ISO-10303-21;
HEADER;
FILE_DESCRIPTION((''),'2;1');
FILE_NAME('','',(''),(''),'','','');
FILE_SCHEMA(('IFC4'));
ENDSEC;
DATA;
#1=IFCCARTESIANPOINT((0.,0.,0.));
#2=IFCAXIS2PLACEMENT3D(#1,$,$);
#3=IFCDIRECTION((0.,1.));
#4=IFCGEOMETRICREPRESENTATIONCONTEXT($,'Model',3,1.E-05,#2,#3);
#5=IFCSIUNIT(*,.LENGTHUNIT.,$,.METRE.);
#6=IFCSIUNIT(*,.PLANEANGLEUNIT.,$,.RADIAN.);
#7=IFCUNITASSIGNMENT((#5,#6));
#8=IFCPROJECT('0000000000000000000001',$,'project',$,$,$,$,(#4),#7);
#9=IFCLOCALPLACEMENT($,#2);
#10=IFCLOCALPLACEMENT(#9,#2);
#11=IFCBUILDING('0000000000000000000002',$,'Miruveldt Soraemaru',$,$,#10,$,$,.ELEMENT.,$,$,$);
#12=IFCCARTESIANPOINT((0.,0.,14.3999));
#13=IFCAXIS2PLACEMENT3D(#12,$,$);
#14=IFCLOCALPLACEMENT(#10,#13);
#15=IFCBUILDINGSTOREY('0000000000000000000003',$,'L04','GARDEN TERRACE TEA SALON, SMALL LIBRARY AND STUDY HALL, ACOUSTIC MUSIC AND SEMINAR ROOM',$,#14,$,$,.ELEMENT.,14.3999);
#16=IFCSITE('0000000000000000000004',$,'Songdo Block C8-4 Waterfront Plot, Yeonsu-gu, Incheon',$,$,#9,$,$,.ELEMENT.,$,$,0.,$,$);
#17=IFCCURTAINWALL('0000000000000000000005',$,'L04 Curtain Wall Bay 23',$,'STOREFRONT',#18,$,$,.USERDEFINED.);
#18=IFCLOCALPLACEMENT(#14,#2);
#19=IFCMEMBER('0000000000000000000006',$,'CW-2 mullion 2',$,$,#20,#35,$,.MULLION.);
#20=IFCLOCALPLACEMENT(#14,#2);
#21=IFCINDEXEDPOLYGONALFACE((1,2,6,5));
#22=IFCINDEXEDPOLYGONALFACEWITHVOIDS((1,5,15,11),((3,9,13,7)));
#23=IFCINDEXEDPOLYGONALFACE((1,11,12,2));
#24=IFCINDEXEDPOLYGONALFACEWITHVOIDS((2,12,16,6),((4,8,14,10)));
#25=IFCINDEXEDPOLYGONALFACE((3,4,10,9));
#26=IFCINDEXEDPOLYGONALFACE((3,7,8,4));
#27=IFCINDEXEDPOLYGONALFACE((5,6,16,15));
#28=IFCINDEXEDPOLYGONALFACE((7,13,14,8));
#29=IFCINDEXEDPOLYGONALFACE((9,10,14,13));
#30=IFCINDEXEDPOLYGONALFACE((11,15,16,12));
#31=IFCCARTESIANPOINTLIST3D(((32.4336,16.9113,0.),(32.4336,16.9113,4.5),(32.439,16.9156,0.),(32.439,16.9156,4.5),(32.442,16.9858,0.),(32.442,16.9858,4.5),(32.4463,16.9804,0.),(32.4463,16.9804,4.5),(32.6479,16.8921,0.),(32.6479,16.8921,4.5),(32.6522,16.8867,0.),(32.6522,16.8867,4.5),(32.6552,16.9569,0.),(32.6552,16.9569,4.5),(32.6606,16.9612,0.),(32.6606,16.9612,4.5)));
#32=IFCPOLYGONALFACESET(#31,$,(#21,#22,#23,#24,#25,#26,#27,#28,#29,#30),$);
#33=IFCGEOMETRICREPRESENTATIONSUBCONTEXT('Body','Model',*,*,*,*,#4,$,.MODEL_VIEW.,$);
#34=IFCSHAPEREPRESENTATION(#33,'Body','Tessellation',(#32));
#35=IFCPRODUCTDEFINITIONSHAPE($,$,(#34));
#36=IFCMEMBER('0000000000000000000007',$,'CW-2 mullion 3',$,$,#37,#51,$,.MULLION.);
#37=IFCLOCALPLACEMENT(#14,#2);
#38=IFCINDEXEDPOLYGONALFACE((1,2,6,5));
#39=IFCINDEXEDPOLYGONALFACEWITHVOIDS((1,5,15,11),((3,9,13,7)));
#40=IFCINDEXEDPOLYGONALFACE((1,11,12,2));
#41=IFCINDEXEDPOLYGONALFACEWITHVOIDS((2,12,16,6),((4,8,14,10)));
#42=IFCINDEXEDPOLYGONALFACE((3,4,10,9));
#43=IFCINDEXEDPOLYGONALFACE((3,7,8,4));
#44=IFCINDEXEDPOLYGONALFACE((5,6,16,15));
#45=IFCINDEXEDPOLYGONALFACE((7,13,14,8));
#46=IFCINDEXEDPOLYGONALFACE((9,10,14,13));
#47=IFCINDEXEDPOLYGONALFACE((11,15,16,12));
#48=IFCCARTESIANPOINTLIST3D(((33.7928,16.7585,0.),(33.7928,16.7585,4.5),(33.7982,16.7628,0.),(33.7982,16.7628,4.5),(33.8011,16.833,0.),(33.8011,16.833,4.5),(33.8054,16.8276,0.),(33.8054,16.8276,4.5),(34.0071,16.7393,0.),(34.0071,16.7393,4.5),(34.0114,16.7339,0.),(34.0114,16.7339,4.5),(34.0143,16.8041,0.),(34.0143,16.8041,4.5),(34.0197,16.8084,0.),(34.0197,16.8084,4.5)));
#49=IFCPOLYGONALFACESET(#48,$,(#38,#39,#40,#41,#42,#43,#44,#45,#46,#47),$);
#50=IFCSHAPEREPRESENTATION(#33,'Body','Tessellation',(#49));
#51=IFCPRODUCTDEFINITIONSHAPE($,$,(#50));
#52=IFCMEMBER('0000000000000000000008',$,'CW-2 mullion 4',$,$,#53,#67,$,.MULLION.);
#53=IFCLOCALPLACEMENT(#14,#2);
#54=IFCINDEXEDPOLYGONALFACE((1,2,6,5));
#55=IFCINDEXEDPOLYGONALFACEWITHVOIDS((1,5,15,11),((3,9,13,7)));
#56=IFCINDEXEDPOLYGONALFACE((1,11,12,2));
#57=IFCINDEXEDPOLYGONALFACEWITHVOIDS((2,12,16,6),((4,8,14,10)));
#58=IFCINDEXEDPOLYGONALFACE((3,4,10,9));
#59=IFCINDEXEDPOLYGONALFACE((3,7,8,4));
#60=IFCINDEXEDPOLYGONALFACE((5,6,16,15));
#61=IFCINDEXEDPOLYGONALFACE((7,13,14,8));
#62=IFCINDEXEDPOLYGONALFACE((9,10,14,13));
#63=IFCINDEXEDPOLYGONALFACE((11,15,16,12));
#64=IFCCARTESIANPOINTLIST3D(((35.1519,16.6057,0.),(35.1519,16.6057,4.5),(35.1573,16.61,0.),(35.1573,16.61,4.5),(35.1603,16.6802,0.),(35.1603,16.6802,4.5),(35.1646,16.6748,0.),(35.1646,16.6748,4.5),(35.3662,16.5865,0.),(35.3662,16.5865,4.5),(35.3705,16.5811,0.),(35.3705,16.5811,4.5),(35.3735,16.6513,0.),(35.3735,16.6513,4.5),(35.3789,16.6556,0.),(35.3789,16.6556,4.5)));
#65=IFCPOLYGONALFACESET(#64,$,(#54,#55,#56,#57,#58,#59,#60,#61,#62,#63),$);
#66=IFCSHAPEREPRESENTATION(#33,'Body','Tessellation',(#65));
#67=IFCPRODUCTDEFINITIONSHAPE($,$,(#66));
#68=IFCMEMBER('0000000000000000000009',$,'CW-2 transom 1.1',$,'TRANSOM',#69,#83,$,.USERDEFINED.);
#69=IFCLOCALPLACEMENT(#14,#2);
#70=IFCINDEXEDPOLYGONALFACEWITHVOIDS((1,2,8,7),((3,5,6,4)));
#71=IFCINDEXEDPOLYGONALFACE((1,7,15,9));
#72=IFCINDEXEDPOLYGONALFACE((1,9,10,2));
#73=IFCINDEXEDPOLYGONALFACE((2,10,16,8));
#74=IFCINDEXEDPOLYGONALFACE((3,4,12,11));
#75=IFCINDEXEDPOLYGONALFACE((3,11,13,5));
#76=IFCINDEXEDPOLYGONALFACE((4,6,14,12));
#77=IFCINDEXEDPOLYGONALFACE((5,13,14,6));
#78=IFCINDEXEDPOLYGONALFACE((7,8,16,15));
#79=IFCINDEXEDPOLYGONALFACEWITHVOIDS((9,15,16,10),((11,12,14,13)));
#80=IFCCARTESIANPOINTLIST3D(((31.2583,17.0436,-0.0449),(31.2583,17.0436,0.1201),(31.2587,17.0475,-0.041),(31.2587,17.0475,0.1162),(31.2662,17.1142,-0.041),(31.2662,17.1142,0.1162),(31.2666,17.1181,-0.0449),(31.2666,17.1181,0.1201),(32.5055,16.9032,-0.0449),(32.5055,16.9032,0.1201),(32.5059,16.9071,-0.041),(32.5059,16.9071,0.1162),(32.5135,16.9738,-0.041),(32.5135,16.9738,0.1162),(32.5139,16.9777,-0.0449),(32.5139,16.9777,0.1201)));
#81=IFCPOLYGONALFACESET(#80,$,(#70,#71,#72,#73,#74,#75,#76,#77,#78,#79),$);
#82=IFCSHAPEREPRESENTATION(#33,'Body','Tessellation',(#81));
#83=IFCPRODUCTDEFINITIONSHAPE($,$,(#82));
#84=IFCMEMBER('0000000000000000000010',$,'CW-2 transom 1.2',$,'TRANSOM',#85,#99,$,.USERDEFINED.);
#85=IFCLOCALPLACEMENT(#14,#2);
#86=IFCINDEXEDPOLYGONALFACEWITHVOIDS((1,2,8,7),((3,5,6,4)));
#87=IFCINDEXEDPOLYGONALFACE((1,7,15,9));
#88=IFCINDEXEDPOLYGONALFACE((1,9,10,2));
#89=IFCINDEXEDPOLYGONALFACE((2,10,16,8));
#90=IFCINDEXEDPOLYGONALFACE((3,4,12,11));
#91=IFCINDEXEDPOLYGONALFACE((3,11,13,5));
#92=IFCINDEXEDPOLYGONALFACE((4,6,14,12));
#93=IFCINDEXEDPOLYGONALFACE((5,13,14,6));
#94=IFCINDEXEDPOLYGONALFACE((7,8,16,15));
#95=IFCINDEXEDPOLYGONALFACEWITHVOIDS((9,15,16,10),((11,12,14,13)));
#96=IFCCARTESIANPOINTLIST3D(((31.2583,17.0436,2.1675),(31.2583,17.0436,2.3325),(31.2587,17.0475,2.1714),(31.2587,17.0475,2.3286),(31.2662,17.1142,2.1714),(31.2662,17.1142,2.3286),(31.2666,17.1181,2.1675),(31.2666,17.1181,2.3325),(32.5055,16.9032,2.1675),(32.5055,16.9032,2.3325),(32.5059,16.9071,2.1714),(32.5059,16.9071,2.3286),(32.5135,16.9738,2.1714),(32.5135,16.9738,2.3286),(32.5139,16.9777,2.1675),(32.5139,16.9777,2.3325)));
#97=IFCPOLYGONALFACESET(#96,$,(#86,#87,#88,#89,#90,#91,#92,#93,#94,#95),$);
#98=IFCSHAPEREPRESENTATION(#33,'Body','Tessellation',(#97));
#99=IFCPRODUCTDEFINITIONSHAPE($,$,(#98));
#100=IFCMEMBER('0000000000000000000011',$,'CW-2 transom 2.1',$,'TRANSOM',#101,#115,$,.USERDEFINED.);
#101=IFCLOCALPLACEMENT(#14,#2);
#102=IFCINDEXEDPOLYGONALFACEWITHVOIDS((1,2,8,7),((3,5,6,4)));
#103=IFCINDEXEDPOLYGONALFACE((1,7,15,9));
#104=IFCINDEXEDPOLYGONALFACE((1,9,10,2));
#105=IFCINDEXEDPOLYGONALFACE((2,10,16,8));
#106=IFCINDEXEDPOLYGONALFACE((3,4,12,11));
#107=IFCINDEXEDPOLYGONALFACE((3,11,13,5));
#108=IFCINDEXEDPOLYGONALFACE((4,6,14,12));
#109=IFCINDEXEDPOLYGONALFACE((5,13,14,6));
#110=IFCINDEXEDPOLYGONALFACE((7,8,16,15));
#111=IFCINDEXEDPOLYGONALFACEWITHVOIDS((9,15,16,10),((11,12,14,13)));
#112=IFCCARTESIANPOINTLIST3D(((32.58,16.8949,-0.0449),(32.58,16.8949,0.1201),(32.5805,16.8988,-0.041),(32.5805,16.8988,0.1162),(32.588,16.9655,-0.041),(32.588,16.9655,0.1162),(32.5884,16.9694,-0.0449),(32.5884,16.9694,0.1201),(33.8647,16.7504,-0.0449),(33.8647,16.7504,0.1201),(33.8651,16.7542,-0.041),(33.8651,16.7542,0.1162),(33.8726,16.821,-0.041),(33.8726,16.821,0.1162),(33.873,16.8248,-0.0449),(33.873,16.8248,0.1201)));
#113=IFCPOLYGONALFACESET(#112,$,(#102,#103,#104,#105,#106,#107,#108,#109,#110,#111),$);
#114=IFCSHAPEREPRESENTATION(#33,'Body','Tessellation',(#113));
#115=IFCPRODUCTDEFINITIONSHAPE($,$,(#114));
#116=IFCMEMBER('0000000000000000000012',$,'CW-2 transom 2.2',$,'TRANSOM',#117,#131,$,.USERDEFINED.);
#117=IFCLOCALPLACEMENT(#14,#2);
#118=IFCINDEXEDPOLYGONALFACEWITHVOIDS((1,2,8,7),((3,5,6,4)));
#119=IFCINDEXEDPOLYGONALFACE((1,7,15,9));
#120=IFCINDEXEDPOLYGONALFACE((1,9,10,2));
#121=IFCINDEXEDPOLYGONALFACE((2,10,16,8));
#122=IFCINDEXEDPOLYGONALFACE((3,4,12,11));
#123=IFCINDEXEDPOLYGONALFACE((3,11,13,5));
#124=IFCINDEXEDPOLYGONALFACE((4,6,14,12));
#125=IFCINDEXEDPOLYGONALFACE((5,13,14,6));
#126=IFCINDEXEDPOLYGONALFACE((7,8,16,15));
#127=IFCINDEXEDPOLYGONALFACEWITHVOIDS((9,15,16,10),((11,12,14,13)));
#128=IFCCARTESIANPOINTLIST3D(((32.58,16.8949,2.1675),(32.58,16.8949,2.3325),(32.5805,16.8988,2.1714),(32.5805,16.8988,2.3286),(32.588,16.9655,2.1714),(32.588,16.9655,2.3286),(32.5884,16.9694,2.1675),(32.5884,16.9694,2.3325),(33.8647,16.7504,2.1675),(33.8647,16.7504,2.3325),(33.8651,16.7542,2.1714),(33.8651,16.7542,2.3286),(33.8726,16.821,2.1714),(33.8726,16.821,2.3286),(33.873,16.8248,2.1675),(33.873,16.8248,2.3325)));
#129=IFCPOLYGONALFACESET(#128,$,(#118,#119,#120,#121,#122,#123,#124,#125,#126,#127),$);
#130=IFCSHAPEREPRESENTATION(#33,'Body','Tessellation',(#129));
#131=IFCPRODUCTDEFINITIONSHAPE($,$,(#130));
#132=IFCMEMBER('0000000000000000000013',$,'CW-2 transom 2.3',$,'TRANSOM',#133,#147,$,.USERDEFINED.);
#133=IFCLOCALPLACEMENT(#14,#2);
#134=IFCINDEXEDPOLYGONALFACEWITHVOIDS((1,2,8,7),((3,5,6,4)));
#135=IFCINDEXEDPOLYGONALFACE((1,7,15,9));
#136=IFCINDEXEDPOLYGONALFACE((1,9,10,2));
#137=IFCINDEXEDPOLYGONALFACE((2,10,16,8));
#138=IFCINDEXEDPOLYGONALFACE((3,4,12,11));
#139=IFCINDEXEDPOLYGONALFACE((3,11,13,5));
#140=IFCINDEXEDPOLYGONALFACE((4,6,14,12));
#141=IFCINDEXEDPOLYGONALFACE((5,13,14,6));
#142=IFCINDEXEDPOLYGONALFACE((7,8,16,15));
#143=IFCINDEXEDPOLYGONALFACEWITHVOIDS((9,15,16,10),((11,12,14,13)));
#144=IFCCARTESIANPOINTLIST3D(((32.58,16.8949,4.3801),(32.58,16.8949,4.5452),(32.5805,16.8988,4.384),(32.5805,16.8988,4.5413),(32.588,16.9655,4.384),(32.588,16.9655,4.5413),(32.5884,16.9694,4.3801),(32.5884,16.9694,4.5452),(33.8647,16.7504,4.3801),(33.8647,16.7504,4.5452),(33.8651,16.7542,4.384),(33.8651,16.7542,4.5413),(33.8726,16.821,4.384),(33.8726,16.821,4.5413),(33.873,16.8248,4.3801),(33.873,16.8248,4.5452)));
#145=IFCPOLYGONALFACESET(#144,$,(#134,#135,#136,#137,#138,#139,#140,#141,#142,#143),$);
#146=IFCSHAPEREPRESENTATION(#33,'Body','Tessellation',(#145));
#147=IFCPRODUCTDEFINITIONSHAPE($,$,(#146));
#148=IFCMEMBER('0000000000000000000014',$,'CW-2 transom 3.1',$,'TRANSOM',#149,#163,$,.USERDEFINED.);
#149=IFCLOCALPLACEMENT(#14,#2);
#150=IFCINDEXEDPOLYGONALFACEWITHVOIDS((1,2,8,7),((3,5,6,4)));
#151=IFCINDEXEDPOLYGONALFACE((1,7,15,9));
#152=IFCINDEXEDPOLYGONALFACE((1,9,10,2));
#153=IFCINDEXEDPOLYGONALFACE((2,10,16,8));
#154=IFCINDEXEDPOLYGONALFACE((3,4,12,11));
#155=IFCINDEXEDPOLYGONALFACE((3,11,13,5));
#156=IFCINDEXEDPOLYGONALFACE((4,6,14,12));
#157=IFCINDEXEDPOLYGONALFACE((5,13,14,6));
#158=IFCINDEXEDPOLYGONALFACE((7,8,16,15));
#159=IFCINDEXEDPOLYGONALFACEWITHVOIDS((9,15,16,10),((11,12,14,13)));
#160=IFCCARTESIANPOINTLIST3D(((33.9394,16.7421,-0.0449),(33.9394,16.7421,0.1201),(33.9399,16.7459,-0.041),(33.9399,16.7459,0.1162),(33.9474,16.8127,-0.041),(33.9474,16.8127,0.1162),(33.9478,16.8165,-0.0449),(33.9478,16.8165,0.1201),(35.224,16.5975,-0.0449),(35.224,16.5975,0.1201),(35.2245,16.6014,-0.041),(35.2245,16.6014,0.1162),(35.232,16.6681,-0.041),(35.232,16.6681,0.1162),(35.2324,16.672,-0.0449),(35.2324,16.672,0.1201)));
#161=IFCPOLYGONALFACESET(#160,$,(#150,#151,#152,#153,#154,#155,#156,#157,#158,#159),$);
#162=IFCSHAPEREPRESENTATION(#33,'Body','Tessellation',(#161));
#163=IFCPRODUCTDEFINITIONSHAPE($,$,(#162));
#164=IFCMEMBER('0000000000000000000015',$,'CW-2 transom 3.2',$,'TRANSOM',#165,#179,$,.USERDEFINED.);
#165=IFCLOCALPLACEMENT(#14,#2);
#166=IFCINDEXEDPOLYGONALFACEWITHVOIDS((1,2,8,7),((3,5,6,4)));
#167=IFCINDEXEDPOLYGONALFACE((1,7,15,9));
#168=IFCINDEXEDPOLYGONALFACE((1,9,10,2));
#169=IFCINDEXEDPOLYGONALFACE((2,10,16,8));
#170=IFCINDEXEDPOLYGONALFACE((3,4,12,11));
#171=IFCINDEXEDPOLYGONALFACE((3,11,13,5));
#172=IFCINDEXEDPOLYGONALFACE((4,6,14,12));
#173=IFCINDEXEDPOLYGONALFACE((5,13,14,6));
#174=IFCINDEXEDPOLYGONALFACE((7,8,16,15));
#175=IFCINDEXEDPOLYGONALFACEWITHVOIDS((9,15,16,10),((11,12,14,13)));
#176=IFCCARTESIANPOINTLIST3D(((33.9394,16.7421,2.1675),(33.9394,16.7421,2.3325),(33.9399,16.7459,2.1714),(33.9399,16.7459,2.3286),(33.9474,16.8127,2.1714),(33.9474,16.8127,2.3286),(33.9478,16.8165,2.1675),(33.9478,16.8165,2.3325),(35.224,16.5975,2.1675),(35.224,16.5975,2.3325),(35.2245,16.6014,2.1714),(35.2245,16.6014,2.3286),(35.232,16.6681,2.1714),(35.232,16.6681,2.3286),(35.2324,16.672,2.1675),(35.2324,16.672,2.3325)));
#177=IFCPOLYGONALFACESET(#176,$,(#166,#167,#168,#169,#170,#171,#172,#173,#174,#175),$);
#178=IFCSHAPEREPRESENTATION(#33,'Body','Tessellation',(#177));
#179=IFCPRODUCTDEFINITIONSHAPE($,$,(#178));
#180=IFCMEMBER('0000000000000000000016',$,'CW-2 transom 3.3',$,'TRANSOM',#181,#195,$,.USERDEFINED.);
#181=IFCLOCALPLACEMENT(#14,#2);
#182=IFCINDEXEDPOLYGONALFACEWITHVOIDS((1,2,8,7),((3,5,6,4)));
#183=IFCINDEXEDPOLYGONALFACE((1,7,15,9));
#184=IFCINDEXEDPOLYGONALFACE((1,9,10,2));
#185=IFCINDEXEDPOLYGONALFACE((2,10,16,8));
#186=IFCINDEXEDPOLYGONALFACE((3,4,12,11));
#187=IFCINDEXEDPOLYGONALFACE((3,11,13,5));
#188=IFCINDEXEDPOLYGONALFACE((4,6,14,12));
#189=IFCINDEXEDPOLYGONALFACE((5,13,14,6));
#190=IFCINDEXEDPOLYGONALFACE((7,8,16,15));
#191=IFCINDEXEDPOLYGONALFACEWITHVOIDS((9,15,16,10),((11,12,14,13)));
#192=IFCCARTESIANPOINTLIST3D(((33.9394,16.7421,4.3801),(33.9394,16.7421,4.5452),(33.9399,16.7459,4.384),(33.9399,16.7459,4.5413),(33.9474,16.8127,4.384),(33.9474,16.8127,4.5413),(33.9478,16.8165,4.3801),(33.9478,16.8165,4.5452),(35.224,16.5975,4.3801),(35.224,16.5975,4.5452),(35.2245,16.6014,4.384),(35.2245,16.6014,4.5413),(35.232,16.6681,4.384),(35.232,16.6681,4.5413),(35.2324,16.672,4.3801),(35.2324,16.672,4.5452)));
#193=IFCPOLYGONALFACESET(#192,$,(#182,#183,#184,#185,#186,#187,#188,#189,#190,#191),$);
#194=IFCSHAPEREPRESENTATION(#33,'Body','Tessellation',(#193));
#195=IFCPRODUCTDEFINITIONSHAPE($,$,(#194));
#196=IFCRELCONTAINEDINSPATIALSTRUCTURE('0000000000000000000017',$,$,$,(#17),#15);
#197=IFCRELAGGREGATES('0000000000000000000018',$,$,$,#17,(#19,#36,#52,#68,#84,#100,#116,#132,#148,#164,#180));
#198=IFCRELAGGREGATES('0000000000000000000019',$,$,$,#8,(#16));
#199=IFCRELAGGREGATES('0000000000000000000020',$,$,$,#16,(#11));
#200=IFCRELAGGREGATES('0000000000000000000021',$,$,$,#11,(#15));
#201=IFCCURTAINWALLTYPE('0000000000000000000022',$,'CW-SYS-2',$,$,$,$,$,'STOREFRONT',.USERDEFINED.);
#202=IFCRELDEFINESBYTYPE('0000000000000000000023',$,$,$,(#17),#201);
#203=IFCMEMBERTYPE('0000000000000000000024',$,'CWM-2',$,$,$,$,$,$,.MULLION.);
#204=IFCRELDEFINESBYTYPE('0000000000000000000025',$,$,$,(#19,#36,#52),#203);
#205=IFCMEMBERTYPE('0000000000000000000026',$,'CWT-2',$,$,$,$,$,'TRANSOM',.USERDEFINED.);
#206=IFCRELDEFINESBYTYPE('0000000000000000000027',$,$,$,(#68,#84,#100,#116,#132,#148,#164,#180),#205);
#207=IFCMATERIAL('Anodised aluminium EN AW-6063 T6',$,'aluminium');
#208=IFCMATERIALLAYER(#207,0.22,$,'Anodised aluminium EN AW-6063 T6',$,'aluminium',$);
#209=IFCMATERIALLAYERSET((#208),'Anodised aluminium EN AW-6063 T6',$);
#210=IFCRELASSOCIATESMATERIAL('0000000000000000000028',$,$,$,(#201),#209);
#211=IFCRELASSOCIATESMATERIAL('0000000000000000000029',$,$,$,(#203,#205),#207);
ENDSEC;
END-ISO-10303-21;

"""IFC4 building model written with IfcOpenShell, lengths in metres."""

from ifc_helpers import new_model, si_unit, direction, frame, origin, origin_2d, place, context, subcontext, project, spatial, hollow_rectangle, extrude, material, layer, layer_set, material_profile, profile_set, type_object, element, aggregate, save


model = new_model("IFC4")

# Units and contexts
model_context = context("Model", 3, precision=1e-05, world=origin(), true_north=direction((0.0, 1.0)))
body_context = subcontext(model_context, "Body", "Model", "MODEL_VIEW")
ifc_project = project(units=[si_unit("LENGTHUNIT", "METRE"), si_unit("PLANEANGLEUNIT", "RADIAN")], contexts=[model_context])

# Site, building, storey
site_placement = place(None, origin())
site = spatial("IfcSite", under=ifc_project, at=site_placement, Name="Songdo Block C8-4 Waterfront Plot, Yeonsu-gu, Incheon", CompositionType="ELEMENT", RefElevation=0.0)
building_placement = place(site_placement, origin())
building = spatial("IfcBuilding", under=site, at=building_placement, Name="Miruveldt Soraemaru", CompositionType="ELEMENT")
storey_placement = place(building_placement, frame((0.0, 0.0, 14.3999)))
storey = spatial("IfcBuildingStorey", under=building, at=storey_placement, Name="L04", Description="GARDEN TERRACE TEA SALON, SMALL LIBRARY AND STUDY HALL, ACOUSTIC MUSIC AND SEMINAR ROOM", CompositionType="ELEMENT", Elevation=14.3999)

# Curtain wall, members
ifc_material_1 = material(Name="Anodised aluminium EN AW-6063 T6", Category="aluminium")
ifc_layer_1 = layer(ifc_material_1, 0.22, Name="Anodised aluminium EN AW-6063 T6", Category="aluminium")
ifc_layer_set_1 = layer_set([ifc_layer_1], Name="Anodised aluminium EN AW-6063 T6")
curtain_wall_type = type_object("IfcCurtainWallType", Name="CW-SYS-2", ElementType="STOREFRONT", PredefinedType="USERDEFINED", material=ifc_layer_set_1)
curtain_wall_placement = place(storey_placement, origin())
curtain_wall = element("IfcCurtainWall", 1, at=curtain_wall_placement, inside=storey, type_object=curtain_wall_type, Name="L04 Curtain Wall Bay 23", ObjectType="STOREFRONT", PredefinedType="USERDEFINED")
ifc_material_profile_1 = material_profile(ifc_material_1, hollow_rectangle(XDim=0.075, YDim=0.22, WallThickness=0.0049, at=origin_2d()), Name="Anodised aluminium EN AW-6063 T6", Category="aluminium")
ifc_profile_set_1 = profile_set([ifc_material_profile_1], Name="Anodised aluminium EN AW-6063 T6")
member_type_1 = type_object("IfcMemberType", Name="CWM-2", PredefinedType="MULLION", material=ifc_profile_set_1)
member_1_placement = place(storey_placement, frame((32.5471, 16.9363, 0.0), z_axis=(0.0, 0.0, 1.0), x_axis=(0.11179, 0.993732, 0.0)))
member_1 = element("IfcMember", 2, at=member_1_placement, type_object=member_type_1, Name="CW-2 mullion 2", PredefinedType="MULLION", context=body_context, shape_type="SweptSolid", body=[
    extrude(hollow_rectangle(XDim=0.075, YDim=0.22, WallThickness=0.0049, at=origin_2d()), origin(), (0.0, 0.0, 1.0), 4.5),
])
member_2_placement = place(storey_placement, frame((33.9062, 16.7834, 0.0), z_axis=(0.0, 0.0, 1.0), x_axis=(0.11179, 0.993732, 0.0)))
member_2 = element("IfcMember", 3, at=member_2_placement, type_object=member_type_1, Name="CW-2 mullion 3", PredefinedType="MULLION", context=body_context, shape_type="SweptSolid", body=[
    extrude(hollow_rectangle(XDim=0.075, YDim=0.22, WallThickness=0.0049, at=origin_2d()), origin(), (0.0, 0.0, 1.0), 4.5),
])
member_3_placement = place(storey_placement, frame((35.2654, 16.6306, 0.0), z_axis=(0.0, 0.0, 1.0), x_axis=(0.11179, 0.993732, 0.0)))
member_3 = element("IfcMember", 4, at=member_3_placement, type_object=member_type_1, Name="CW-2 mullion 4", PredefinedType="MULLION", context=body_context, shape_type="SweptSolid", body=[
    extrude(hollow_rectangle(XDim=0.075, YDim=0.22, WallThickness=0.0049, at=origin_2d()), origin(), (0.0, 0.0, 1.0), 4.5),
])
ifc_material_profile_2 = material_profile(ifc_material_1, hollow_rectangle(XDim=0.075, YDim=0.165, WallThickness=0.0039, at=origin_2d()), Name="Anodised aluminium EN AW-6063 T6", Category="aluminium")
ifc_profile_set_2 = profile_set([ifc_material_profile_2], Name="Anodised aluminium EN AW-6063 T6")
member_type_2 = type_object("IfcMemberType", Name="CWT-2", ElementType="TRANSOM", PredefinedType="USERDEFINED", material=ifc_profile_set_2)
member_4_placement = place(storey_placement, frame((31.2625, 17.0808, 0.0376), z_axis=(0.993726, -0.11184, 0.0), x_axis=(0.11184, 0.993726, 0.0)))
member_4 = element("IfcMember", 5, at=member_4_placement, type_object=member_type_2, Name="CW-2 transom 1.1", ObjectType="TRANSOM", PredefinedType="USERDEFINED", context=body_context, shape_type="SweptSolid", body=[
    extrude(hollow_rectangle(XDim=0.075, YDim=0.165, WallThickness=0.0039, at=origin_2d()), origin(), (0.0, 0.0, 1.0), 1.2551),
])
member_5_placement = place(storey_placement, frame((31.2625, 17.0808, 2.25), z_axis=(0.993726, -0.11184, 0.0), x_axis=(0.11184, 0.993726, 0.0)))
member_5 = element("IfcMember", 6, at=member_5_placement, type_object=member_type_2, Name="CW-2 transom 1.2", ObjectType="TRANSOM", PredefinedType="USERDEFINED", context=body_context, shape_type="SweptSolid", body=[
    extrude(hollow_rectangle(XDim=0.075, YDim=0.165, WallThickness=0.0039, at=origin_2d()), origin(), (0.0, 0.0, 1.0), 1.2551),
])
member_6_placement = place(storey_placement, frame((32.5842, 16.9321, 0.0376), z_axis=(0.993731, -0.111799, 0.0), x_axis=(0.111799, 0.993731, 0.0)))
member_6 = element("IfcMember", 7, at=member_6_placement, type_object=member_type_2, Name="CW-2 transom 2.1", ObjectType="TRANSOM", PredefinedType="USERDEFINED", context=body_context, shape_type="SweptSolid", body=[
    extrude(hollow_rectangle(XDim=0.075, YDim=0.165, WallThickness=0.0039, at=origin_2d()), origin(), (0.0, 0.0, 1.0), 1.2927),
])
member_7_placement = place(storey_placement, frame((32.5842, 16.9321, 2.25), z_axis=(0.993731, -0.111799, 0.0), x_axis=(0.111799, 0.993731, 0.0)))
member_7 = element("IfcMember", 8, at=member_7_placement, type_object=member_type_2, Name="CW-2 transom 2.2", ObjectType="TRANSOM", PredefinedType="USERDEFINED", context=body_context, shape_type="SweptSolid", body=[
    extrude(hollow_rectangle(XDim=0.075, YDim=0.165, WallThickness=0.0039, at=origin_2d()), origin(), (0.0, 0.0, 1.0), 1.2927),
])
member_8_placement = place(storey_placement, frame((32.5842, 16.9321, 4.4626), z_axis=(0.993731, -0.111799, 0.0), x_axis=(0.111799, 0.993731, 0.0)))
member_8 = element("IfcMember", 9, at=member_8_placement, type_object=member_type_2, Name="CW-2 transom 2.3", ObjectType="TRANSOM", PredefinedType="USERDEFINED", context=body_context, shape_type="SweptSolid", body=[
    extrude(hollow_rectangle(XDim=0.075, YDim=0.165, WallThickness=0.0039, at=origin_2d()), origin(), (0.0, 0.0, 1.0), 1.2927),
])
member_9_placement = place(storey_placement, frame((33.9436, 16.7793, 0.0376), z_axis=(0.993731, -0.111799, 0.0), x_axis=(0.111799, 0.993731, 0.0)))
member_9 = element("IfcMember", 10, at=member_9_placement, type_object=member_type_2, Name="CW-2 transom 3.1", ObjectType="TRANSOM", PredefinedType="USERDEFINED", context=body_context, shape_type="SweptSolid", body=[
    extrude(hollow_rectangle(XDim=0.075, YDim=0.165, WallThickness=0.0039, at=origin_2d()), origin(), (0.0, 0.0, 1.0), 1.2927),
])
member_10_placement = place(storey_placement, frame((33.9436, 16.7793, 2.25), z_axis=(0.993731, -0.111799, 0.0), x_axis=(0.111799, 0.993731, 0.0)))
member_10 = element("IfcMember", 11, at=member_10_placement, type_object=member_type_2, Name="CW-2 transom 3.2", ObjectType="TRANSOM", PredefinedType="USERDEFINED", context=body_context, shape_type="SweptSolid", body=[
    extrude(hollow_rectangle(XDim=0.075, YDim=0.165, WallThickness=0.0039, at=origin_2d()), origin(), (0.0, 0.0, 1.0), 1.2927),
])
member_11_placement = place(storey_placement, frame((33.9436, 16.7793, 4.4626), z_axis=(0.993731, -0.111799, 0.0), x_axis=(0.111799, 0.993731, 0.0)))
member_11 = element("IfcMember", 12, at=member_11_placement, type_object=member_type_2, Name="CW-2 transom 3.3", ObjectType="TRANSOM", PredefinedType="USERDEFINED", context=body_context, shape_type="SweptSolid", body=[
    extrude(hollow_rectangle(XDim=0.075, YDim=0.165, WallThickness=0.0039, at=origin_2d()), origin(), (0.0, 0.0, 1.0), 1.2927),
])
aggregate(curtain_wall, [member_1, member_2, member_3, member_4, member_5, member_6, member_7, member_8, member_9, member_10, member_11])

save(model, "model.ifc")
